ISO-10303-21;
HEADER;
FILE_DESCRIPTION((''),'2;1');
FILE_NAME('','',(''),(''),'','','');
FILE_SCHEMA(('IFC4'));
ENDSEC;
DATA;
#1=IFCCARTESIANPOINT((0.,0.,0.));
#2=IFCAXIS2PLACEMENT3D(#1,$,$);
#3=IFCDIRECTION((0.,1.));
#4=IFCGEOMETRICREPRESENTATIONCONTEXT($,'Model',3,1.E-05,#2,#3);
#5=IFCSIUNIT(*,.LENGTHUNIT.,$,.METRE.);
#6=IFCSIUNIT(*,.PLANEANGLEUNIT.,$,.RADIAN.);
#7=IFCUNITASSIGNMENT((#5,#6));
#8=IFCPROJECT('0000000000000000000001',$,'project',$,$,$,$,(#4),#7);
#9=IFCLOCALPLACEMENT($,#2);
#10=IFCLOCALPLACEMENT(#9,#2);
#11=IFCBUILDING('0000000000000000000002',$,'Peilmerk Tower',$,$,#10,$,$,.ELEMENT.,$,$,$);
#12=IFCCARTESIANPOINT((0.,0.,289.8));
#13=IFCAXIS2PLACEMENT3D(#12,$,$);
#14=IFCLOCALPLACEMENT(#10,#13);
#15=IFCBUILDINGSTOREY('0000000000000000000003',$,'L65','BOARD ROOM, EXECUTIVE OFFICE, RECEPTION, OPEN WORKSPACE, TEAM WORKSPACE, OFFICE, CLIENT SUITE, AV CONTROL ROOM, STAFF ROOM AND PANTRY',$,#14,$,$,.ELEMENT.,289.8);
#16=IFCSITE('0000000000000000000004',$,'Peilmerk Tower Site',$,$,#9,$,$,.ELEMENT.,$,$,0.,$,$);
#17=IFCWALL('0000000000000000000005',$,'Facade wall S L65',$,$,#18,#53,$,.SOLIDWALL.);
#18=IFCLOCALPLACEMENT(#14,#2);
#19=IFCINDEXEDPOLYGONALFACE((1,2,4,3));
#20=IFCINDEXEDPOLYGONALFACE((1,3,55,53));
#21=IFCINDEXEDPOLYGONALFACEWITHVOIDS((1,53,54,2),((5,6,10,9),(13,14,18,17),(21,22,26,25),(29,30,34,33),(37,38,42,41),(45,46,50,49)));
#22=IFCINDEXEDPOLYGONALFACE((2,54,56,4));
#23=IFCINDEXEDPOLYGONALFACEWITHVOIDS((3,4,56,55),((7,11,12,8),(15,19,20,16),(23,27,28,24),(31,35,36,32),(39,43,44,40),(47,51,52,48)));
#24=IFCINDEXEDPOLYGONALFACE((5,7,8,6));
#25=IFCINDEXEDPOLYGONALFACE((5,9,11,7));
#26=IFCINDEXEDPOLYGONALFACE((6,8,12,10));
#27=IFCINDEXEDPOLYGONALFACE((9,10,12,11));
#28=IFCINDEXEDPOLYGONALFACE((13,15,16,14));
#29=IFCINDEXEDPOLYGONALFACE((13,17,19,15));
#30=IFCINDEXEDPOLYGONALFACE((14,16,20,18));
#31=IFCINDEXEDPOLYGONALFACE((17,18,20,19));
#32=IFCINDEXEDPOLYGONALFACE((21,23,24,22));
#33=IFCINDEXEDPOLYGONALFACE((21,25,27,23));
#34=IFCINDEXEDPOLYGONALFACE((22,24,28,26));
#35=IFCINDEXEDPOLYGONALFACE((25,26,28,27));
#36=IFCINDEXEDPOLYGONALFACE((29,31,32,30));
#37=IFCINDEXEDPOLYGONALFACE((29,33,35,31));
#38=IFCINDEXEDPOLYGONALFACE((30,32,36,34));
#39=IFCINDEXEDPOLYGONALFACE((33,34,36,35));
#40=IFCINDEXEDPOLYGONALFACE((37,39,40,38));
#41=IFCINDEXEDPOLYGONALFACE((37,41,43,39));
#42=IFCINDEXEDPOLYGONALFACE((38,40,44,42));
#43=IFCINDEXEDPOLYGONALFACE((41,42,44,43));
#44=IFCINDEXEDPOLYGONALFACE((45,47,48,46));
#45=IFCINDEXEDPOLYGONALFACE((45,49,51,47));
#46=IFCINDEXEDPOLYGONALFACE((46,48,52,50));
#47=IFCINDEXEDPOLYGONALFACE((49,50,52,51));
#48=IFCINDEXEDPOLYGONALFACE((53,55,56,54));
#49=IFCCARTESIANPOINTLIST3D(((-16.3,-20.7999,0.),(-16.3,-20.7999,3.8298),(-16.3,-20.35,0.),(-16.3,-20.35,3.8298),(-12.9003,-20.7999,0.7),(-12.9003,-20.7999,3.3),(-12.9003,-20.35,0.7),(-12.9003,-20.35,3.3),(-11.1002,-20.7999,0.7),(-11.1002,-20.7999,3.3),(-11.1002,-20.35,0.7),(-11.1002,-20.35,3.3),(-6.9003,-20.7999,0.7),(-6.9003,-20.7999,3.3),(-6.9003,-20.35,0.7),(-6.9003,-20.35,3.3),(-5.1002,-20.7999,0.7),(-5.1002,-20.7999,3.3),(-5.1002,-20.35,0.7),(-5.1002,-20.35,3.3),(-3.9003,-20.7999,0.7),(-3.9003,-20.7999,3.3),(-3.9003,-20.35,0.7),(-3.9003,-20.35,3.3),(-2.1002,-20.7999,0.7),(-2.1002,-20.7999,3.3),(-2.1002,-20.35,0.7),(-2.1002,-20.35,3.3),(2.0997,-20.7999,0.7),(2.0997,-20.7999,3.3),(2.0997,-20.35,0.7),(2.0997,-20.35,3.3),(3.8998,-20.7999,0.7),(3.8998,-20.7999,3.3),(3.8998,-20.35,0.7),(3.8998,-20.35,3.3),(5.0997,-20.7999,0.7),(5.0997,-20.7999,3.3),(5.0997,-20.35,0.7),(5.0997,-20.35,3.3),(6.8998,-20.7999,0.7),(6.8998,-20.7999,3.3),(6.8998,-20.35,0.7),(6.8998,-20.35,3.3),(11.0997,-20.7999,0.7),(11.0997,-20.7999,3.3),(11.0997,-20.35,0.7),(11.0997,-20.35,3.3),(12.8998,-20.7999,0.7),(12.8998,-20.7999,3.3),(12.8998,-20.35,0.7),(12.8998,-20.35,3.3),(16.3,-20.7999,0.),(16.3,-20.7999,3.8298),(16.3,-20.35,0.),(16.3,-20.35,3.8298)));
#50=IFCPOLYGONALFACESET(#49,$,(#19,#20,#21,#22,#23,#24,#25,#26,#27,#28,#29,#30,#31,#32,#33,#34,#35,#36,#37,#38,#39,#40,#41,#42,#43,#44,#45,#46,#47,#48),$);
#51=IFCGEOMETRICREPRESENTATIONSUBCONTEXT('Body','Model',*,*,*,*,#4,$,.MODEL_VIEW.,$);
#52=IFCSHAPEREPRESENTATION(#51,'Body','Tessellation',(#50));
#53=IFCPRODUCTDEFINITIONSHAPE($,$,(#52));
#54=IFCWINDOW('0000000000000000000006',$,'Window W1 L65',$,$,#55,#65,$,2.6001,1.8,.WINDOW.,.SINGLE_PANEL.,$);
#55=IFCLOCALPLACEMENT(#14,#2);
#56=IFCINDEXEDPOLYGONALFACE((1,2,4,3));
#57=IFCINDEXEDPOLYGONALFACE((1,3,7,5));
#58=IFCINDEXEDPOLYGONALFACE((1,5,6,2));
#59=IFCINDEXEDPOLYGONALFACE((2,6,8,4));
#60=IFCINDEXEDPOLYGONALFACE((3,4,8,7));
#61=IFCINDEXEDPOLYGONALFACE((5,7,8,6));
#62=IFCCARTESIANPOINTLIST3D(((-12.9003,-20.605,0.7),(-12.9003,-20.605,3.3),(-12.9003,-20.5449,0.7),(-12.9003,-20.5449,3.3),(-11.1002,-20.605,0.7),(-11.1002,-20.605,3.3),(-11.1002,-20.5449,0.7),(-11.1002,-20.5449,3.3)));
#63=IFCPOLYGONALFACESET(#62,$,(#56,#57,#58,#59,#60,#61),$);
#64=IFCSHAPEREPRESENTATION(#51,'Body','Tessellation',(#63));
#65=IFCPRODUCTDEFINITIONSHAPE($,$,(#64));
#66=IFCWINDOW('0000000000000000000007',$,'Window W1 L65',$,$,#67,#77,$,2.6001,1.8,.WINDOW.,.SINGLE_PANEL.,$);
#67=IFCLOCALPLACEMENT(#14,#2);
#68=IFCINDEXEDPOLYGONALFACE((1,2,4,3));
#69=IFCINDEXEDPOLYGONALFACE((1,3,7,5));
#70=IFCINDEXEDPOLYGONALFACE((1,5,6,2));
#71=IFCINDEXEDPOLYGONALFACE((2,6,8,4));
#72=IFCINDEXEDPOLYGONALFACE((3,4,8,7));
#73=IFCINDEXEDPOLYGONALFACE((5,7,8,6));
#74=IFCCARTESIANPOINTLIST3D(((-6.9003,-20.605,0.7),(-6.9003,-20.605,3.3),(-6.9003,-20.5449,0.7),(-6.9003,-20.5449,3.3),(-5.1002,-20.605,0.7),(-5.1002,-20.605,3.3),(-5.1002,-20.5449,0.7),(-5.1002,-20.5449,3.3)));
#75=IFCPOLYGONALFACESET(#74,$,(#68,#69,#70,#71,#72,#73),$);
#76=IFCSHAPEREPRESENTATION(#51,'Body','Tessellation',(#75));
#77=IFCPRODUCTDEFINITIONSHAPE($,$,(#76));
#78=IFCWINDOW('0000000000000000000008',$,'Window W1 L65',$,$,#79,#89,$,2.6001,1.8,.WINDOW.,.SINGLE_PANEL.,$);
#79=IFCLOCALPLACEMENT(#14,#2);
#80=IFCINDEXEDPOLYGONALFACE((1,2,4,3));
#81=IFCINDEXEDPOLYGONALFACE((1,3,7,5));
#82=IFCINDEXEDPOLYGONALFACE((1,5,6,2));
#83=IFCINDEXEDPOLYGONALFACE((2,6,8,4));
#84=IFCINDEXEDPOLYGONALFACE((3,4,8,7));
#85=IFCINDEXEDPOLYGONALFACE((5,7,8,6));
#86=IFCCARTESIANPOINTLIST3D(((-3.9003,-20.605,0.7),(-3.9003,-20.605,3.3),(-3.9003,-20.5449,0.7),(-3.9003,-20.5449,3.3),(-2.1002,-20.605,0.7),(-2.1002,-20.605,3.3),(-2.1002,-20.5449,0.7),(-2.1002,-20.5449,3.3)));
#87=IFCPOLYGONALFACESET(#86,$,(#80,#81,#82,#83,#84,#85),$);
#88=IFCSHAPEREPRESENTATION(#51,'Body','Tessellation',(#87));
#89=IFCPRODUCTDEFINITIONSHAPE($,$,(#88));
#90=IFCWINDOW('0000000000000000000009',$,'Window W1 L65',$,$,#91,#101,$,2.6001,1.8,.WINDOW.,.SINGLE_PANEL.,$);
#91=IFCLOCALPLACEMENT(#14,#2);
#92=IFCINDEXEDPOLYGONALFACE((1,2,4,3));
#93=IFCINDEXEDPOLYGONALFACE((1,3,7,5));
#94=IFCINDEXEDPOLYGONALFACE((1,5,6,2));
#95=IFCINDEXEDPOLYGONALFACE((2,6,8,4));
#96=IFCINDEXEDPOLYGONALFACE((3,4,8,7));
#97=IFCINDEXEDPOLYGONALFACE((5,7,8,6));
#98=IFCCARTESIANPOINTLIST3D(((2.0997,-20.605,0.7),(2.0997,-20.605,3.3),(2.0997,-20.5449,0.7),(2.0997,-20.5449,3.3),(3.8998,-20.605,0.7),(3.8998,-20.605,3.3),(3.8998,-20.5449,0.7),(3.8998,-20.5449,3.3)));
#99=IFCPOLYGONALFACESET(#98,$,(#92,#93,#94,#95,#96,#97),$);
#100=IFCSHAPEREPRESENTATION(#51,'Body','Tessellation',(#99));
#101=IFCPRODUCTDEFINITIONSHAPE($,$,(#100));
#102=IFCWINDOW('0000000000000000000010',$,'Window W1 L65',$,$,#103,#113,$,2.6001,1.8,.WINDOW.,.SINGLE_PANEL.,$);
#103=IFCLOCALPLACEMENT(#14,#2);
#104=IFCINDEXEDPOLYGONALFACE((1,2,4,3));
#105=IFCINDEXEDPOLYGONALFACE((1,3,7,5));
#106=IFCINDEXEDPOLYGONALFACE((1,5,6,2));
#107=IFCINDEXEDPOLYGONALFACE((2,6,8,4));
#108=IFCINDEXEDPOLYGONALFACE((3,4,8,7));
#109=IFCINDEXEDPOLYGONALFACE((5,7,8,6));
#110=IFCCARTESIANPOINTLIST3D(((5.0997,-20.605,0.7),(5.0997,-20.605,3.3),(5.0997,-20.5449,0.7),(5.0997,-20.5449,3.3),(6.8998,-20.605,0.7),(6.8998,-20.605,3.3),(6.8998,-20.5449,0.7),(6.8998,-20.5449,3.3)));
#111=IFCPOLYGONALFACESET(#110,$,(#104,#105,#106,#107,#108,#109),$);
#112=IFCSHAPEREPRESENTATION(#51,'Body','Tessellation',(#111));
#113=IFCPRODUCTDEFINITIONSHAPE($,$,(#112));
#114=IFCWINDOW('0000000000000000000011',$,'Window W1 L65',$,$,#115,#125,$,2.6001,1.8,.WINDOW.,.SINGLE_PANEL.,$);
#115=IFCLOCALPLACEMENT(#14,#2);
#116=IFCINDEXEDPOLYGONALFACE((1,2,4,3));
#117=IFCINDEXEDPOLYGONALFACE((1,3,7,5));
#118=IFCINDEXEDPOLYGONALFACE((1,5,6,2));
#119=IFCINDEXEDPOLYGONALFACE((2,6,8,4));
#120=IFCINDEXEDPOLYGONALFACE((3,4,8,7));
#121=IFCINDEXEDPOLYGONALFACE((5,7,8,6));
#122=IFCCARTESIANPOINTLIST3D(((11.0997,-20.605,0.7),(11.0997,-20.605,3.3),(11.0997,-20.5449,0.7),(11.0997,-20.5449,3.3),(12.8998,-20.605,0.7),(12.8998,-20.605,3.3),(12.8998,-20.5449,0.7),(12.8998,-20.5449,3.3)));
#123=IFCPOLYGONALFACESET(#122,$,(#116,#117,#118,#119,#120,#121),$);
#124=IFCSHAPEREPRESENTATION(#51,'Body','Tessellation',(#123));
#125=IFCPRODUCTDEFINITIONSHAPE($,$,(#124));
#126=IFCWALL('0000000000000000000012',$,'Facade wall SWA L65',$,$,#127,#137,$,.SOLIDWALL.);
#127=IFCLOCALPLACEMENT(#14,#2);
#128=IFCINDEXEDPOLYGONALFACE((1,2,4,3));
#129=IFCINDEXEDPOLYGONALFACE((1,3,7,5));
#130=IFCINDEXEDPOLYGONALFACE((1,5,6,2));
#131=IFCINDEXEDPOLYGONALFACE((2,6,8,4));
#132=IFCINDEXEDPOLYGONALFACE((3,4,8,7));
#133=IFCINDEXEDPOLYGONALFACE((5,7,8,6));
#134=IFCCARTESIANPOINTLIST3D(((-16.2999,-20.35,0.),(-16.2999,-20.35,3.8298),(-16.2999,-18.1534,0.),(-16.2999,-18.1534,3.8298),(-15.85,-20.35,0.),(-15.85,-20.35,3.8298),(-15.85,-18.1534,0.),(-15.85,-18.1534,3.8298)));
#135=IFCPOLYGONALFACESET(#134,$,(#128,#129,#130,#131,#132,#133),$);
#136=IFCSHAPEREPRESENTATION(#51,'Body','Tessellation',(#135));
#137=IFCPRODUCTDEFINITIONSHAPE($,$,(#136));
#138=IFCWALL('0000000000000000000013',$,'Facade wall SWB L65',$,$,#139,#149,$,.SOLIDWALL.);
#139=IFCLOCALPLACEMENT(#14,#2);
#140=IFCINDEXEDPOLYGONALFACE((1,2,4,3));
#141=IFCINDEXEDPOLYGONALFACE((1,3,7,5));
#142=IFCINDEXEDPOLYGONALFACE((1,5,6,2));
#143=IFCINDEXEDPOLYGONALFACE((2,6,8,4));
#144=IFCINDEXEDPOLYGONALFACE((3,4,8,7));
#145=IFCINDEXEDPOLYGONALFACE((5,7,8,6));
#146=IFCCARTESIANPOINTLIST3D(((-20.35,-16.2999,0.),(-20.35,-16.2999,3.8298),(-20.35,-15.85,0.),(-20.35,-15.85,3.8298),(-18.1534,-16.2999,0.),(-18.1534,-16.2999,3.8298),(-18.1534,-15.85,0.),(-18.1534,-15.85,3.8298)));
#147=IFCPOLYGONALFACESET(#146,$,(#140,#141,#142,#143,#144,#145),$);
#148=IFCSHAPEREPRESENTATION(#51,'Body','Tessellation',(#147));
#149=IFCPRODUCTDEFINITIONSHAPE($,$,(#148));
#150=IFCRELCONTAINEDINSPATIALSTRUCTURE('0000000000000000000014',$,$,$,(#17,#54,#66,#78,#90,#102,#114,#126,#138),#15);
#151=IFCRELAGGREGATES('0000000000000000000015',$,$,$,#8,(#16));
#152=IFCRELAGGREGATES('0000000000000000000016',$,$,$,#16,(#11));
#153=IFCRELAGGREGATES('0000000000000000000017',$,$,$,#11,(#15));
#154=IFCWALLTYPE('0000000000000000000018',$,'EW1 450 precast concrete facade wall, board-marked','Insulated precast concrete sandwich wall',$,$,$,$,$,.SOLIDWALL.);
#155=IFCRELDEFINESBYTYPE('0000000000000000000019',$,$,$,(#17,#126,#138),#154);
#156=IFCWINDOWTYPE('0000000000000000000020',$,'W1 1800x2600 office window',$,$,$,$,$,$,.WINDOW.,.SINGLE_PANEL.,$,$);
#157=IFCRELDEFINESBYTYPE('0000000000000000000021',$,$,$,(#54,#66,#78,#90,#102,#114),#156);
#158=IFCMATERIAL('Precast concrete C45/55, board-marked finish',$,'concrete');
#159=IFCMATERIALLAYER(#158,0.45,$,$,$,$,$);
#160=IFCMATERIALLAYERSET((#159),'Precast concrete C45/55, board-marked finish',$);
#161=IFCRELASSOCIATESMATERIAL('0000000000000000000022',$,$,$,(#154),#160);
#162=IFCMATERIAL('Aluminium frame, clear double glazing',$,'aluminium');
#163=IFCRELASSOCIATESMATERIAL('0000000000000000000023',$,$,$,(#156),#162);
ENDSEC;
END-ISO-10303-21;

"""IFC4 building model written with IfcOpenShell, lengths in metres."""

from ifc_helpers import new_model, si_unit, direction, frame, frame_2d, origin, place, context, subcontext, project, spatial, rectangle, extrude, material, layer, layer_set, type_object, element, fill, save


model = new_model("IFC4")

# Units and contexts
model_context = context("Model", 3, precision=1e-05, world=origin(), true_north=direction((0.0, 1.0)))
body_context = subcontext(model_context, "Body", "Model", "MODEL_VIEW")
ifc_project = project(units=[si_unit("LENGTHUNIT", "METRE"), si_unit("PLANEANGLEUNIT", "RADIAN")], contexts=[model_context])

# Site, building, storey
site_placement = place(None, origin())
site = spatial("IfcSite", under=ifc_project, at=site_placement, Name="Peilmerk Tower Site", CompositionType="ELEMENT", RefElevation=0.0)
building_placement = place(site_placement, origin())
building = spatial("IfcBuilding", under=site, at=building_placement, Name="Peilmerk Tower", CompositionType="ELEMENT")
storey_placement = place(building_placement, frame((0.0, 0.0, 289.8)))
storey = spatial("IfcBuildingStorey", under=building, at=storey_placement, Name="L65", Description="BOARD ROOM, EXECUTIVE OFFICE, RECEPTION, OPEN WORKSPACE, TEAM WORKSPACE, OFFICE, CLIENT SUITE, AV CONTROL ROOM, STAFF ROOM AND PANTRY", CompositionType="ELEMENT", Elevation=289.8)

# Wall, openings, windows
ifc_material_1 = material(Name="Precast concrete C45/55, board-marked finish", Category="concrete")
ifc_layer_1 = layer(ifc_material_1, 0.45)
ifc_layer_set_1 = layer_set([ifc_layer_1], Name="Precast concrete C45/55, board-marked finish")
wall_type = type_object("IfcWallType", Name="EW1 450 precast concrete facade wall, board-marked", Description="Insulated precast concrete sandwich wall", PredefinedType="SOLIDWALL", material=ifc_layer_set_1)
wall_placement = place(storey_placement, frame((-16.3, -20.575, 0.0), z_axis=(0.0, 0.0, 1.0), x_axis=(1.0, 0.0, 0.0)))
wall = element("IfcWall", 1, at=wall_placement, inside=storey, type_object=wall_type, Name="Facade wall S L65", PredefinedType="SOLIDWALL", context=body_context, shape_type="SweptSolid", body=[
    extrude(rectangle(XDim=32.6001, YDim=0.45, at=frame_2d((16.3, 0.0))), origin(), (0.0, 0.0, 1.0), 3.8298),
])
opening_1_placement = place(wall_placement, frame((3.3999, 0.0, 0.7)))
opening_1 = element("IfcOpeningElement", 2, at=opening_1_placement, cuts=wall, PredefinedType="OPENING", context=body_context, shape_type="SweptSolid", body=[
    extrude(rectangle(XDim=1.8, YDim=2.6001, at=frame_2d((0.8999, 1.3))), frame((0.0, 0.2349, 0.0), z_axis=(0.0, -1.0, 0.0), x_axis=(1.0, 0.0, 0.0)), (0.0, 0.0, 1.0), 0.47),
])
opening_2_placement = place(wall_placement, frame((9.3999, 0.0, 0.7)))
opening_2 = element("IfcOpeningElement", 3, at=opening_2_placement, cuts=wall, PredefinedType="OPENING", context=body_context, shape_type="SweptSolid", body=[
    extrude(rectangle(XDim=1.8, YDim=2.6001, at=frame_2d((0.8999, 1.3))), frame((0.0, 0.2349, 0.0), z_axis=(0.0, -1.0, 0.0), x_axis=(1.0, 0.0, 0.0)), (0.0, 0.0, 1.0), 0.47),
])
opening_3_placement = place(wall_placement, frame((12.3999, 0.0, 0.7)))
opening_3 = element("IfcOpeningElement", 4, at=opening_3_placement, cuts=wall, PredefinedType="OPENING", context=body_context, shape_type="SweptSolid", body=[
    extrude(rectangle(XDim=1.8, YDim=2.6001, at=frame_2d((0.8999, 1.3))), frame((0.0, 0.2349, 0.0), z_axis=(0.0, -1.0, 0.0), x_axis=(1.0, 0.0, 0.0)), (0.0, 0.0, 1.0), 0.47),
])
opening_4_placement = place(wall_placement, frame((18.3999, 0.0, 0.7)))
opening_4 = element("IfcOpeningElement", 5, at=opening_4_placement, cuts=wall, PredefinedType="OPENING", context=body_context, shape_type="SweptSolid", body=[
    extrude(rectangle(XDim=1.8, YDim=2.6001, at=frame_2d((0.8999, 1.3))), frame((0.0, 0.2349, 0.0), z_axis=(0.0, -1.0, 0.0), x_axis=(1.0, 0.0, 0.0)), (0.0, 0.0, 1.0), 0.47),
])
opening_5_placement = place(wall_placement, frame((21.3999, 0.0, 0.7)))
opening_5 = element("IfcOpeningElement", 6, at=opening_5_placement, cuts=wall, PredefinedType="OPENING", context=body_context, shape_type="SweptSolid", body=[
    extrude(rectangle(XDim=1.8, YDim=2.6001, at=frame_2d((0.8999, 1.3))), frame((0.0, 0.2349, 0.0), z_axis=(0.0, -1.0, 0.0), x_axis=(1.0, 0.0, 0.0)), (0.0, 0.0, 1.0), 0.47),
])
opening_6_placement = place(wall_placement, frame((27.3999, 0.0, 0.7)))
opening_6 = element("IfcOpeningElement", 7, at=opening_6_placement, cuts=wall, PredefinedType="OPENING", context=body_context, shape_type="SweptSolid", body=[
    extrude(rectangle(XDim=1.8, YDim=2.6001, at=frame_2d((0.8999, 1.3))), frame((0.0, 0.2349, 0.0), z_axis=(0.0, -1.0, 0.0), x_axis=(1.0, 0.0, 0.0)), (0.0, 0.0, 1.0), 0.47),
])
ifc_material_2 = material(Name="Aluminium frame, clear double glazing", Category="aluminium")
window_type = type_object("IfcWindowType", Name="W1 1800x2600 office window", PartitioningType="SINGLE_PANEL", PredefinedType="WINDOW", material=ifc_material_2)
window_1_placement = place(opening_1_placement, origin())
window_1 = element("IfcWindow", 8, at=window_1_placement, inside=storey, type_object=window_type, Name="Window W1 L65", OverallHeight=2.6001, OverallWidth=1.8, PartitioningType="SINGLE_PANEL", PredefinedType="WINDOW", context=body_context, shape_type="SweptSolid", body=[
    extrude(rectangle(XDim=1.8, YDim=2.6001, at=frame_2d((0.8999, 1.3))), frame((0.0, 0.03, 0.0), z_axis=(0.0, -1.0, 0.0), x_axis=(1.0, 0.0, 0.0)), (0.0, 0.0, 1.0), 0.0601),
])
fill(opening_1, window_1)
window_2_placement = place(opening_2_placement, origin())
window_2 = element("IfcWindow", 9, at=window_2_placement, inside=storey, type_object=window_type, Name="Window W1 L65", OverallHeight=2.6001, OverallWidth=1.8, PartitioningType="SINGLE_PANEL", PredefinedType="WINDOW", context=body_context, shape_type="SweptSolid", body=[
    extrude(rectangle(XDim=1.8, YDim=2.6001, at=frame_2d((0.8999, 1.3))), frame((0.0, 0.03, 0.0), z_axis=(0.0, -1.0, 0.0), x_axis=(1.0, 0.0, 0.0)), (0.0, 0.0, 1.0), 0.0601),
])
fill(opening_2, window_2)
window_3_placement = place(opening_3_placement, origin())
window_3 = element("IfcWindow", 10, at=window_3_placement, inside=storey, type_object=window_type, Name="Window W1 L65", OverallHeight=2.6001, OverallWidth=1.8, PartitioningType="SINGLE_PANEL", PredefinedType="WINDOW", context=body_context, shape_type="SweptSolid", body=[
    extrude(rectangle(XDim=1.8, YDim=2.6001, at=frame_2d((0.8999, 1.3))), frame((0.0, 0.03, 0.0), z_axis=(0.0, -1.0, 0.0), x_axis=(1.0, 0.0, 0.0)), (0.0, 0.0, 1.0), 0.0601),
])
fill(opening_3, window_3)
window_4_placement = place(opening_4_placement, origin())
window_4 = element("IfcWindow", 11, at=window_4_placement, inside=storey, type_object=window_type, Name="Window W1 L65", OverallHeight=2.6001, OverallWidth=1.8, PartitioningType="SINGLE_PANEL", PredefinedType="WINDOW", context=body_context, shape_type="SweptSolid", body=[
    extrude(rectangle(XDim=1.8, YDim=2.6001, at=frame_2d((0.8999, 1.3))), frame((0.0, 0.03, 0.0), z_axis=(0.0, -1.0, 0.0), x_axis=(1.0, 0.0, 0.0)), (0.0, 0.0, 1.0), 0.0601),
])
fill(opening_4, window_4)
window_5_placement = place(opening_5_placement, origin())
window_5 = element("IfcWindow", 12, at=window_5_placement, inside=storey, type_object=window_type, Name="Window W1 L65", OverallHeight=2.6001, OverallWidth=1.8, PartitioningType="SINGLE_PANEL", PredefinedType="WINDOW", context=body_context, shape_type="SweptSolid", body=[
    extrude(rectangle(XDim=1.8, YDim=2.6001, at=frame_2d((0.8999, 1.3))), frame((0.0, 0.03, 0.0), z_axis=(0.0, -1.0, 0.0), x_axis=(1.0, 0.0, 0.0)), (0.0, 0.0, 1.0), 0.0601),
])
fill(opening_5, window_5)
window_6_placement = place(opening_6_placement, origin())
window_6 = element("IfcWindow", 13, at=window_6_placement, inside=storey, type_object=window_type, Name="Window W1 L65", OverallHeight=2.6001, OverallWidth=1.8, PartitioningType="SINGLE_PANEL", PredefinedType="WINDOW", context=body_context, shape_type="SweptSolid", body=[
    extrude(rectangle(XDim=1.8, YDim=2.6001, at=frame_2d((0.8999, 1.3))), frame((0.0, 0.03, 0.0), z_axis=(0.0, -1.0, 0.0), x_axis=(1.0, 0.0, 0.0)), (0.0, 0.0, 1.0), 0.0601),
])
fill(opening_6, window_6)

# Walls
for number, where, z_axis, x_axis, name in (
    (14, (-16.075, -18.1536, 0.0), (0.0, 0.0, 1.0), (0.0, -1.0, 0.0), "Facade wall SWA L65"),
    (15, (-18.1536, -16.075, 0.0), (0.0, 0.0, 1.0), (-1.0, 0.0, 0.0), "Facade wall SWB L65"),
):
    element("IfcWall", number, at=place(storey_placement, frame(where, z_axis=z_axis, x_axis=x_axis)), inside=storey, type_object=wall_type, Name=name, PredefinedType="SOLIDWALL", context=body_context, shape_type="SweptSolid", body=[
        extrude(rectangle(XDim=2.1965, YDim=0.45, at=frame_2d((1.0981, 0.0))), origin(), (0.0, 0.0, 1.0), 3.8298),
    ])

save(model, "model.ifc")
